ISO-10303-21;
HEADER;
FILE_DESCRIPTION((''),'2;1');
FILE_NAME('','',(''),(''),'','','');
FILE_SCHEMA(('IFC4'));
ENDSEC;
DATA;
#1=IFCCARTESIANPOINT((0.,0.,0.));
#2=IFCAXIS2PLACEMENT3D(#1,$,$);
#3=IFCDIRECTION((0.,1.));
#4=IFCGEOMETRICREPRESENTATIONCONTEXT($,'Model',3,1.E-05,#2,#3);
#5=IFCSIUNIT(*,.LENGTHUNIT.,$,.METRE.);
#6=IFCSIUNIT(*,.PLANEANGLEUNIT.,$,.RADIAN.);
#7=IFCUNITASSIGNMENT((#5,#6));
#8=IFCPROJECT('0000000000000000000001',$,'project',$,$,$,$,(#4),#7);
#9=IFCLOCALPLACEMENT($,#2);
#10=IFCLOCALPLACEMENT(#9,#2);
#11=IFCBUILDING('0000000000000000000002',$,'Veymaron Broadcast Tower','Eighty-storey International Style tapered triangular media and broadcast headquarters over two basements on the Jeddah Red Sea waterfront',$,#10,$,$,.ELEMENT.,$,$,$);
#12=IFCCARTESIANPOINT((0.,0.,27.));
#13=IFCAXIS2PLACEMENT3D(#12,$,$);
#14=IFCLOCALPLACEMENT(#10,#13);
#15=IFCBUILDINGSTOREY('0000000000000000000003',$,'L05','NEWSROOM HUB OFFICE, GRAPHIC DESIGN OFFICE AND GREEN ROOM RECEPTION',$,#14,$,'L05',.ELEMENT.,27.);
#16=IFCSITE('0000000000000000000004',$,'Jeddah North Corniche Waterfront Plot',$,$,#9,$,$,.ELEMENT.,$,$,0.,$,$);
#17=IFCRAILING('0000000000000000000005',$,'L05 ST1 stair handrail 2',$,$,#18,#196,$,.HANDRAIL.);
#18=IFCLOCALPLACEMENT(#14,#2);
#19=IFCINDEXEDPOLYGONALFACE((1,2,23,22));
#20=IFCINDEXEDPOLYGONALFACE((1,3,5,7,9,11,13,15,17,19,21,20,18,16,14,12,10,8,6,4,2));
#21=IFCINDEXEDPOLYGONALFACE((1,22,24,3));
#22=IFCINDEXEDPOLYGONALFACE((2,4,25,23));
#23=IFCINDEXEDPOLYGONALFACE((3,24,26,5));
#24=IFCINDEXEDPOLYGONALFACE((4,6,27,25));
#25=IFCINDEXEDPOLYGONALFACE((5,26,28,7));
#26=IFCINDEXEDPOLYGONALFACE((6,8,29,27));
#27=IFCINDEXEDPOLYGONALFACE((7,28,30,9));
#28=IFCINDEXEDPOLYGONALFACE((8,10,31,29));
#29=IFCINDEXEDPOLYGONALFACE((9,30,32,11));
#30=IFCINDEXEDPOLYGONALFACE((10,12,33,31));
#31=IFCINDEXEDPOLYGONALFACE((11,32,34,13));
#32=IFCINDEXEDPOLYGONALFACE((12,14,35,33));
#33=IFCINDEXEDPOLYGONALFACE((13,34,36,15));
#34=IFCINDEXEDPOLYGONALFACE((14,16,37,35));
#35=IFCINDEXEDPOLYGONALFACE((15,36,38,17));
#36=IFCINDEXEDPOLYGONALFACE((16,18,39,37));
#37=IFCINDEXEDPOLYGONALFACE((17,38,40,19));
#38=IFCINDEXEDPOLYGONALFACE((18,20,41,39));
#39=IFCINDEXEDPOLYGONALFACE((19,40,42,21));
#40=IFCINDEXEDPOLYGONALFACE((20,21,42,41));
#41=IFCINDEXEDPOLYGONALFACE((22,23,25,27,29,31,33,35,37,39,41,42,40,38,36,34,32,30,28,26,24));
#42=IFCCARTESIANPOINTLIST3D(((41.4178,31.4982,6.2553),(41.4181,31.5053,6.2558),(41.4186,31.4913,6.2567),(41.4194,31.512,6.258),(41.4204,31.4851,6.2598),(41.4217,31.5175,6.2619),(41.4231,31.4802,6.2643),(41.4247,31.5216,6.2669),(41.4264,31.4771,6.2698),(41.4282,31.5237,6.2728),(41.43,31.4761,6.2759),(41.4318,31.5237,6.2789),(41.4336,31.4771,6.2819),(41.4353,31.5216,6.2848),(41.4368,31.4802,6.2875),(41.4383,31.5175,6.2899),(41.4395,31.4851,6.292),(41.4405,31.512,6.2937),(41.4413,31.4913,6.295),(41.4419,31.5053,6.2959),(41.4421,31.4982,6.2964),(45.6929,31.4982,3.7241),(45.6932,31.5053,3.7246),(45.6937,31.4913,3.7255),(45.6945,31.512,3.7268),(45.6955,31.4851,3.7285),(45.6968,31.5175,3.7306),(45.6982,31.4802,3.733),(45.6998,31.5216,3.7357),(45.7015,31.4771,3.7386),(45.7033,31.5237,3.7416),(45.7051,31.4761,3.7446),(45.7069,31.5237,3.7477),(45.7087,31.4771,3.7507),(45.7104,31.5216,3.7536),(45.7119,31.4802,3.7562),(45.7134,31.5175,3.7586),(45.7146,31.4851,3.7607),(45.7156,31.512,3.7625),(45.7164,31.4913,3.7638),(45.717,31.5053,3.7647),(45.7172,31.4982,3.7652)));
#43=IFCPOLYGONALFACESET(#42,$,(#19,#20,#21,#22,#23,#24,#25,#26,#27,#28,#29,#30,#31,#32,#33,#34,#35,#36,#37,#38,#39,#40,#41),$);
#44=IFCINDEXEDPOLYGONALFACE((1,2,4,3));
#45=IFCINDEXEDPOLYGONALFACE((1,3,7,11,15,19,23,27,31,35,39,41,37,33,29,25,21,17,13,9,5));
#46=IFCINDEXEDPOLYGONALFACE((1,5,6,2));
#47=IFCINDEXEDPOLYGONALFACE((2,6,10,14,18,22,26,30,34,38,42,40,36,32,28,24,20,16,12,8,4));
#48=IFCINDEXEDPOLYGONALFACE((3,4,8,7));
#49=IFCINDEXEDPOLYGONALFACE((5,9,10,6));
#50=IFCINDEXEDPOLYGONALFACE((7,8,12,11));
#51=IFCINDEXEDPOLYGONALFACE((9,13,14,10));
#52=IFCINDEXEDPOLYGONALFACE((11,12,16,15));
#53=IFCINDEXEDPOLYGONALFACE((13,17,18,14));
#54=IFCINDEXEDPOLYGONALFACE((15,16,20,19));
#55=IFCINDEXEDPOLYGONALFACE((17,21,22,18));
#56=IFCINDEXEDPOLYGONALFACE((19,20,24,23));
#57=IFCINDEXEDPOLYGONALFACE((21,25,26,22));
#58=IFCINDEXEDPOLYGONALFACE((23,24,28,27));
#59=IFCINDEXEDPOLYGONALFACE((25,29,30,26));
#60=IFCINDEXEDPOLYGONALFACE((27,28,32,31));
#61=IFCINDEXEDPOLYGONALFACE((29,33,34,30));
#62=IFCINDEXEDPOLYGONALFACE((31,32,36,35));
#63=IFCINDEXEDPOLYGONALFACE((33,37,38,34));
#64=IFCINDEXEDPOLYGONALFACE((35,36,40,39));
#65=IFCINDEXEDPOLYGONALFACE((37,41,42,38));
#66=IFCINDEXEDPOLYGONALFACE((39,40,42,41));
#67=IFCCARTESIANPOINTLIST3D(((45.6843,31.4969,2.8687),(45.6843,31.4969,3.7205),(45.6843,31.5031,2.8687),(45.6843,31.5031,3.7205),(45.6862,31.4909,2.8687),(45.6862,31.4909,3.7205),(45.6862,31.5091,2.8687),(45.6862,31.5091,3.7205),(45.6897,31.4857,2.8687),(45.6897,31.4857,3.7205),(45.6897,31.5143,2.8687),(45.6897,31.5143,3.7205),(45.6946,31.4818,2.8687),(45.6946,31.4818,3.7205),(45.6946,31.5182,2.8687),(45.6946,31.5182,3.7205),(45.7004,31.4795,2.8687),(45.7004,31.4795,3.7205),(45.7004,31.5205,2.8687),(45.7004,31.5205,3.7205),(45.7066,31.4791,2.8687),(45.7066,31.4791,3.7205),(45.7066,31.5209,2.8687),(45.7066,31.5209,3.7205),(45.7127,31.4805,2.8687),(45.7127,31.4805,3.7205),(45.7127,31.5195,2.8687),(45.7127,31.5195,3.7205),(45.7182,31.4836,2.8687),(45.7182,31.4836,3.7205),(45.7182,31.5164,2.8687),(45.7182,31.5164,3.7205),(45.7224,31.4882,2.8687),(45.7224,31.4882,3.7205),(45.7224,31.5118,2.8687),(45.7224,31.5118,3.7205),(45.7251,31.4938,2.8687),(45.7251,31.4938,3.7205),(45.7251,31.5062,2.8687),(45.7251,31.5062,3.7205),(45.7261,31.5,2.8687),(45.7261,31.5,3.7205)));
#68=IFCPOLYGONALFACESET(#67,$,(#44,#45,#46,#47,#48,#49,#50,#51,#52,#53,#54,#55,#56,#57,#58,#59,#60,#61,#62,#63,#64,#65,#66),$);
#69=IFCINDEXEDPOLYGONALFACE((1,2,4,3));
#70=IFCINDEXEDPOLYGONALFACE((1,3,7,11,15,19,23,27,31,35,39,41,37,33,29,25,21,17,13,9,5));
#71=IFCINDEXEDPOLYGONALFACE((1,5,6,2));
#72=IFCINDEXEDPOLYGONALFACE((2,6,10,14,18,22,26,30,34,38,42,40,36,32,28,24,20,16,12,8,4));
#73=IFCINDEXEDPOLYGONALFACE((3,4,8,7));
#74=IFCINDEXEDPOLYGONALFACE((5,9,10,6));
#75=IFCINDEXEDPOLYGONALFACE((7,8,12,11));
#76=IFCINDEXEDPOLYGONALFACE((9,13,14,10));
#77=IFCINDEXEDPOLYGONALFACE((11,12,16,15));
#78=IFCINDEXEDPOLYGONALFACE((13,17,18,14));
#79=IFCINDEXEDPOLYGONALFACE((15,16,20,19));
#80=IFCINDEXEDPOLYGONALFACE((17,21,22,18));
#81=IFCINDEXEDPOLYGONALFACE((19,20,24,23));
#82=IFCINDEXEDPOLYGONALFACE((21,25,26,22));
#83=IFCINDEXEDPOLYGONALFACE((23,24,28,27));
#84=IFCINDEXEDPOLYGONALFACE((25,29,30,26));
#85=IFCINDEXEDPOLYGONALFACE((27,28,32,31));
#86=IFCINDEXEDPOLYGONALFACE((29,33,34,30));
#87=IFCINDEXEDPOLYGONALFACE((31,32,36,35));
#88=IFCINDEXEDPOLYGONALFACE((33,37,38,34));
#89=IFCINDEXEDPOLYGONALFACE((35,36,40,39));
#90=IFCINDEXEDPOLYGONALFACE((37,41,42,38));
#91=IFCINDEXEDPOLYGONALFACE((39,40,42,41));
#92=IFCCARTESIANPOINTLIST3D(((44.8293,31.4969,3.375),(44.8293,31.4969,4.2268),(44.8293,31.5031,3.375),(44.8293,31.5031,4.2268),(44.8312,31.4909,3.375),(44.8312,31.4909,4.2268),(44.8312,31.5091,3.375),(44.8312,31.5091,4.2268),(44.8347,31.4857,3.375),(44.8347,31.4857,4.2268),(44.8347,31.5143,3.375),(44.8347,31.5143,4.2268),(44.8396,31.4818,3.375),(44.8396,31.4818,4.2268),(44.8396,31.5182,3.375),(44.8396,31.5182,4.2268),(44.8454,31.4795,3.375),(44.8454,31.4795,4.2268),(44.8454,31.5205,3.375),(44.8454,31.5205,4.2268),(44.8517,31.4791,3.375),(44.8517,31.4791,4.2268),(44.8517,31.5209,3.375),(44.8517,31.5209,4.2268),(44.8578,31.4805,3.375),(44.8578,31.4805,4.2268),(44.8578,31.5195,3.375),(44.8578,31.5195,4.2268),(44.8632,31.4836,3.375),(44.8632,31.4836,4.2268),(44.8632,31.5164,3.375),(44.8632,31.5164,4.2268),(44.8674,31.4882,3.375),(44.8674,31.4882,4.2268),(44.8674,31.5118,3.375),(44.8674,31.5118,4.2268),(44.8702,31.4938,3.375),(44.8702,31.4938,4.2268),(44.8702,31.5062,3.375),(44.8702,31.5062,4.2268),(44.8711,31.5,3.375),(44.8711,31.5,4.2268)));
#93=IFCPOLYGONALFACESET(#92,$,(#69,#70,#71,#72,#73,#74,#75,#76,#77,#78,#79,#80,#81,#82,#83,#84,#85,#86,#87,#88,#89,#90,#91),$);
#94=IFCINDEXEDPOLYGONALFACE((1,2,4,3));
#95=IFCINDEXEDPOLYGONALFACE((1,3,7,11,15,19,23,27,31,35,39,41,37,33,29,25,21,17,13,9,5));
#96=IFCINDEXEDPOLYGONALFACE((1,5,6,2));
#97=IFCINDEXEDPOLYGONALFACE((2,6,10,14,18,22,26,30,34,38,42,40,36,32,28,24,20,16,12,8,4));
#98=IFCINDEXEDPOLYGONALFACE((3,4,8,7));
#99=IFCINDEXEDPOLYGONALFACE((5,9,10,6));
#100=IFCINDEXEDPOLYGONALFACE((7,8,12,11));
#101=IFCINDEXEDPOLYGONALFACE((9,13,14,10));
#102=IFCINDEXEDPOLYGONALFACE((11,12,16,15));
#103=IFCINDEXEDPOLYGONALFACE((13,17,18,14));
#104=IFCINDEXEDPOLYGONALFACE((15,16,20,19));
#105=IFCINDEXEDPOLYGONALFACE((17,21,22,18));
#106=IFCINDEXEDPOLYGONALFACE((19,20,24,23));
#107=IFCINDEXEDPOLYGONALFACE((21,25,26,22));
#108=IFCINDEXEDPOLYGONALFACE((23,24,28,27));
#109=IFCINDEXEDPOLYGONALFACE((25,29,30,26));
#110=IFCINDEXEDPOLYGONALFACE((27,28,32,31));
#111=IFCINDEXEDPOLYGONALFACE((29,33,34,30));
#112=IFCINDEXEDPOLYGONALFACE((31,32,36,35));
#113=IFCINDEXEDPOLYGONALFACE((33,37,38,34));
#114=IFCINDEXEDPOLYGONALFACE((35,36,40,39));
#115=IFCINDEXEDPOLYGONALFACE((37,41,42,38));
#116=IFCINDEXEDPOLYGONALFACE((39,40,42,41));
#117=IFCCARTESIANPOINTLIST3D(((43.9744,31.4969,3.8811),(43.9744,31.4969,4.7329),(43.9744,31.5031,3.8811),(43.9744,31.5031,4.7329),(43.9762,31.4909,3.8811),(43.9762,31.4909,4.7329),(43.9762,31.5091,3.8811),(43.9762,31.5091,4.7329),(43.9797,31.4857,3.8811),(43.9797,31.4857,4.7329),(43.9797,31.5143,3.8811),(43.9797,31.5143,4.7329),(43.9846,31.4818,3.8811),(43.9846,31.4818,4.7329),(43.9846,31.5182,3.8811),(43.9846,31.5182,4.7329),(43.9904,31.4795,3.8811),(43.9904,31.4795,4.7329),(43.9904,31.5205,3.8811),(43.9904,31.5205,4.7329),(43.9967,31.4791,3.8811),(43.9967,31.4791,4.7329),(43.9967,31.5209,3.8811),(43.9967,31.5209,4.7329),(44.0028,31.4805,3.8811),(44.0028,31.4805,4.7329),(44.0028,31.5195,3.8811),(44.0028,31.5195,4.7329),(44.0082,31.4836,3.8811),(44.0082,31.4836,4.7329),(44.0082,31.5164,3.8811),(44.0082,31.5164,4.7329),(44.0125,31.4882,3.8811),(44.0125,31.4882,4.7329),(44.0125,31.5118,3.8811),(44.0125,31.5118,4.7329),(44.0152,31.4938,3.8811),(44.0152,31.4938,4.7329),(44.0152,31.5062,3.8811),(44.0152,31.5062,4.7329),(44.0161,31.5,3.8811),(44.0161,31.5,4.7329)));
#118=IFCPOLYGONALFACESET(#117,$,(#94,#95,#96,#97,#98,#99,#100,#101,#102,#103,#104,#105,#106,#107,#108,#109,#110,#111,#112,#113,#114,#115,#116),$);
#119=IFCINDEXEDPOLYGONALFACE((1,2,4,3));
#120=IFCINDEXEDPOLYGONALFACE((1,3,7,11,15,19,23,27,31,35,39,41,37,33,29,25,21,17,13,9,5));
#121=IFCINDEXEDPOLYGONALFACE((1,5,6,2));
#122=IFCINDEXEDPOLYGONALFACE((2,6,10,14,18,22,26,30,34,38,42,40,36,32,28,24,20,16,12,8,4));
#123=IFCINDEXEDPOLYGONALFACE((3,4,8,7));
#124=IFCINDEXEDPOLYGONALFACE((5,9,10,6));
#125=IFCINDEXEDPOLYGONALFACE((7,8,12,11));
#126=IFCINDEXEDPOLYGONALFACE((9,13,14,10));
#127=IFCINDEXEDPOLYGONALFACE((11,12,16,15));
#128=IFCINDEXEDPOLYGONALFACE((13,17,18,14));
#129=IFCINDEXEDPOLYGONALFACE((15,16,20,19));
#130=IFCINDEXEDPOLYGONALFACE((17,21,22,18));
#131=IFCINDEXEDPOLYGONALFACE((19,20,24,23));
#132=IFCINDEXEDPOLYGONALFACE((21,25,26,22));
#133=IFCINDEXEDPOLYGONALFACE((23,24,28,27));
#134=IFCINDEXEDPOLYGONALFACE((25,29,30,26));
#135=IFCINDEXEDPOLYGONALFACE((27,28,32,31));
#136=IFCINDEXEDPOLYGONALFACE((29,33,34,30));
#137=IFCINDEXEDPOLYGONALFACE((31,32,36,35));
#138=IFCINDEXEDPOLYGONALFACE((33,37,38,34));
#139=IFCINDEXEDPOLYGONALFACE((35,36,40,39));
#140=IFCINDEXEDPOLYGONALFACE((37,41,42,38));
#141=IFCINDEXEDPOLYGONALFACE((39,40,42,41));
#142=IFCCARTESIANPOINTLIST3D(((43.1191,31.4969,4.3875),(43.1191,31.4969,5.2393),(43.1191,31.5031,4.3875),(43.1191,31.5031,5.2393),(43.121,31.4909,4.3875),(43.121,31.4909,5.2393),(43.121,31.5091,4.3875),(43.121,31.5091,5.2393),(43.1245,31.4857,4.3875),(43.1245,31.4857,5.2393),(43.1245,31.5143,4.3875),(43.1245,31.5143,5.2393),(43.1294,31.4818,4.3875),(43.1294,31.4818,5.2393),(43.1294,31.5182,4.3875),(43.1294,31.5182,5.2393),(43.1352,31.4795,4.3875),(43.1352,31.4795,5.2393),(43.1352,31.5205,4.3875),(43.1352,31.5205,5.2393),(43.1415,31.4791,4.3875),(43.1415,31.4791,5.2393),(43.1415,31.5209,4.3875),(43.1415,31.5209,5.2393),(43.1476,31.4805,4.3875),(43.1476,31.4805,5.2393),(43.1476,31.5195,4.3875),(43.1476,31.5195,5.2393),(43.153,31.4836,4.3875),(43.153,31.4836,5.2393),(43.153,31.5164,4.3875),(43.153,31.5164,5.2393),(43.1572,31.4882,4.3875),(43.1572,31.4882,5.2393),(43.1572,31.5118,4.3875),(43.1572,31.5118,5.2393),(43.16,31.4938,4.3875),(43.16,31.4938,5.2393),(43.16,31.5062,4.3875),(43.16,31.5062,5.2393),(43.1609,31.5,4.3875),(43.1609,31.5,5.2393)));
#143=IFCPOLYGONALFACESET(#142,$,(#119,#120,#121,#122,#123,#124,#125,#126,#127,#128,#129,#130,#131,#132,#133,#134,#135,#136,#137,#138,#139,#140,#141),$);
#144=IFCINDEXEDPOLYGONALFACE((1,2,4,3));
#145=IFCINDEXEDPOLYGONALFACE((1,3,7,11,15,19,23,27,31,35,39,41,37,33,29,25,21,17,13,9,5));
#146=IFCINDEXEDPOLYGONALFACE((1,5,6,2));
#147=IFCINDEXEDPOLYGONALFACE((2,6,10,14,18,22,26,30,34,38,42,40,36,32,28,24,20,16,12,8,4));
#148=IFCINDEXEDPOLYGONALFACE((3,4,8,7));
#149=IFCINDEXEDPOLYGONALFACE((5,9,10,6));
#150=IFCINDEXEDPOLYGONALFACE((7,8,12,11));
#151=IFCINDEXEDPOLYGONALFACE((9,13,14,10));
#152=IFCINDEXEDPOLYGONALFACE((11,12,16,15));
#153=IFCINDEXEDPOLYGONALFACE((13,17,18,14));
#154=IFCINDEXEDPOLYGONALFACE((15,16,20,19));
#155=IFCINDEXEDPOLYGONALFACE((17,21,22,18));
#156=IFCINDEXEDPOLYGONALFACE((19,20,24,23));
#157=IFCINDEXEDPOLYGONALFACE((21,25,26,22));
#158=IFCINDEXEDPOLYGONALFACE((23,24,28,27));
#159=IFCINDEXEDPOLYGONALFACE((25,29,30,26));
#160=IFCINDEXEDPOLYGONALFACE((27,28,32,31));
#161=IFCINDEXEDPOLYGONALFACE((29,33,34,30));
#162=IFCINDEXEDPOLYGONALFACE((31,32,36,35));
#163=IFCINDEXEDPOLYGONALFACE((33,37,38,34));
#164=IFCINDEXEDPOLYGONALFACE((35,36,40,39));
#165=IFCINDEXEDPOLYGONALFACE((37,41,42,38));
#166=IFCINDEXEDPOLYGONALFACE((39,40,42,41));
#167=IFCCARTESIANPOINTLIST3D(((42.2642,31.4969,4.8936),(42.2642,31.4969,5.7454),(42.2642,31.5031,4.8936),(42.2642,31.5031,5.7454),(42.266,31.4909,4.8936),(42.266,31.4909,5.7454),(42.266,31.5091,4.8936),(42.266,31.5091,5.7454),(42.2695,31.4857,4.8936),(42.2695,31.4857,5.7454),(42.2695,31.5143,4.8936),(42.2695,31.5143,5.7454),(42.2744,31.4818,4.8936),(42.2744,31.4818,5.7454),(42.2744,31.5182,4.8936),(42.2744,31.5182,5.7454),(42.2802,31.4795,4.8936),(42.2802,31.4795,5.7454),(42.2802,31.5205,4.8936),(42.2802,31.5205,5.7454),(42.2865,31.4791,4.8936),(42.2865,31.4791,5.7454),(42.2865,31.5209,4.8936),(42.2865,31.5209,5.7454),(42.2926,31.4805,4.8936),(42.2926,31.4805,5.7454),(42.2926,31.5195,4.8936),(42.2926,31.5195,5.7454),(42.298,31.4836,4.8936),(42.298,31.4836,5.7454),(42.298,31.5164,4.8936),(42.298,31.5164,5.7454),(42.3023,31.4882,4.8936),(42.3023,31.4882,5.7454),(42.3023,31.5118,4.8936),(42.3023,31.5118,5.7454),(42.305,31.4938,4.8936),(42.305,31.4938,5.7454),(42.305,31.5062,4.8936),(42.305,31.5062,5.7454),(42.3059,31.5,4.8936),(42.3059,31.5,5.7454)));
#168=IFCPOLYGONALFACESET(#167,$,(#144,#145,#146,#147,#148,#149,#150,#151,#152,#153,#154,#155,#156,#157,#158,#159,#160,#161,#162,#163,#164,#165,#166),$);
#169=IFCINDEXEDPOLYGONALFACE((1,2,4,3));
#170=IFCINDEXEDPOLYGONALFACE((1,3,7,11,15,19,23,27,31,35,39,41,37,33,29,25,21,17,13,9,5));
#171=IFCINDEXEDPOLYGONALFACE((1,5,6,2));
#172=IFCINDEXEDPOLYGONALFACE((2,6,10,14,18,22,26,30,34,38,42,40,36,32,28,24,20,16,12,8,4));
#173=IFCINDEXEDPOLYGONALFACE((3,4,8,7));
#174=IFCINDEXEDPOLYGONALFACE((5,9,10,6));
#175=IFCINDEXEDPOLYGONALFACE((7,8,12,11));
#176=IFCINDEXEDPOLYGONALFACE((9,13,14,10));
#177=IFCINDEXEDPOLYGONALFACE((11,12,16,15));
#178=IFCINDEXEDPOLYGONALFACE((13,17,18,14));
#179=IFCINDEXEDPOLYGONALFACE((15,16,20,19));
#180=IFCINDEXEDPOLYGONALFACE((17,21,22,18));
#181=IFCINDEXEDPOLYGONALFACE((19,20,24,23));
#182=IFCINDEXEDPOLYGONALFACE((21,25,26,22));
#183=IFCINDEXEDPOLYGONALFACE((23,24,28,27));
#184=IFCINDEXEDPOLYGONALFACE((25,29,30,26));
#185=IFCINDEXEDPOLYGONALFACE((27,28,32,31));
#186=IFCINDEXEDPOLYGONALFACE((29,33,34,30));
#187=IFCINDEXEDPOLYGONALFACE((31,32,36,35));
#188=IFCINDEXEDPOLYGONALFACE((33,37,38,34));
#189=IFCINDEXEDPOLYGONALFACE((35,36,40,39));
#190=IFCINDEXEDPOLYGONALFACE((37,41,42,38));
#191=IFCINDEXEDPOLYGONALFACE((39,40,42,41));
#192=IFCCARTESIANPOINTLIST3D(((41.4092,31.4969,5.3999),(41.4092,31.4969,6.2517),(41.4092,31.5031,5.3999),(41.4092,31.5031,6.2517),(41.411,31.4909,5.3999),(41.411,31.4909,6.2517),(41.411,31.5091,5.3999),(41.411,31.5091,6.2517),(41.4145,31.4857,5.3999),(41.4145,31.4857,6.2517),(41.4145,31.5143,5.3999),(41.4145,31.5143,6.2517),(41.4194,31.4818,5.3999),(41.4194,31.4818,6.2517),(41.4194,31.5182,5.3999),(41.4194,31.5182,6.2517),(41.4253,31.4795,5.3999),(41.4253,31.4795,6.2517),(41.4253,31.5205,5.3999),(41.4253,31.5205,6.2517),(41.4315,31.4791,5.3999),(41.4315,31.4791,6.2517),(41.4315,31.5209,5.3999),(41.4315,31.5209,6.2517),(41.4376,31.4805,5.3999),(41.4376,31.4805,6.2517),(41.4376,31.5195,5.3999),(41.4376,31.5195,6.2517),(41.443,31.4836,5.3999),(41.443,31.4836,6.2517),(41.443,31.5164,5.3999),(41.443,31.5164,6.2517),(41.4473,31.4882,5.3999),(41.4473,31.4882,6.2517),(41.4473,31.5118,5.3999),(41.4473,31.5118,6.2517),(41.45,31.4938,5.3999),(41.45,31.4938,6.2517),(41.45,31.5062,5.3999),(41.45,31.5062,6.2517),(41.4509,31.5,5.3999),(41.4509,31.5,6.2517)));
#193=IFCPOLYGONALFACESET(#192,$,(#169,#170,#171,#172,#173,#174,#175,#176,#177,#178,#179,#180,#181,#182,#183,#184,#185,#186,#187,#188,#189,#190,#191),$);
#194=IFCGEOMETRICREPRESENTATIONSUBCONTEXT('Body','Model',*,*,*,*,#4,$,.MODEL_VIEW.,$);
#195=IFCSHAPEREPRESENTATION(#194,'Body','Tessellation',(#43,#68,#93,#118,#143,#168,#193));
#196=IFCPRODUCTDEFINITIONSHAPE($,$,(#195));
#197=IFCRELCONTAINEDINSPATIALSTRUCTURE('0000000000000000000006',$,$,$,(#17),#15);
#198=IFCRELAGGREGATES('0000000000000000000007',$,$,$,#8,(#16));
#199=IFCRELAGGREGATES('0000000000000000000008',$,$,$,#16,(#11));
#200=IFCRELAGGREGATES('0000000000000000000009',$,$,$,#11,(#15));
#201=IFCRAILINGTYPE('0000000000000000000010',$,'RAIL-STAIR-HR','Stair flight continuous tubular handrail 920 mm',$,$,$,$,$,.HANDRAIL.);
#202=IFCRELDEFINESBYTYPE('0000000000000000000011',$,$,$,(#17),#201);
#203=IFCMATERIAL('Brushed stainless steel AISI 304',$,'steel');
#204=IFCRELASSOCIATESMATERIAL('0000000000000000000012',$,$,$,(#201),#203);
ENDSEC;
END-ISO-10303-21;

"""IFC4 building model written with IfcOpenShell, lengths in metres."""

from ifc_helpers import new_model, si_unit, direction, frame, origin, origin_2d, place, context, subcontext, project, spatial, circle, extrude, material, type_object, element, save


model = new_model("IFC4")

# Units and contexts
model_context = context("Model", 3, precision=1e-05, world=origin(), true_north=direction((0.0, 1.0)))
body_context = subcontext(model_context, "Body", "Model", "MODEL_VIEW")
ifc_project = project(units=[si_unit("LENGTHUNIT", "METRE"), si_unit("PLANEANGLEUNIT", "RADIAN")], contexts=[model_context])

# Site, building, storey
site_placement = place(None, origin())
site = spatial("IfcSite", under=ifc_project, at=site_placement, Name="Jeddah North Corniche Waterfront Plot", CompositionType="ELEMENT", RefElevation=0.0)
building_placement = place(site_placement, origin())
building = spatial("IfcBuilding", under=site, at=building_placement, Name="Veymaron Broadcast Tower", Description="Eighty-storey International Style tapered triangular media and broadcast headquarters over two basements on the Jeddah Red Sea waterfront", CompositionType="ELEMENT")
storey_placement = place(building_placement, frame((0.0, 0.0, 27.0)))
storey = spatial("IfcBuildingStorey", under=building, at=storey_placement, Name="L05", Description="NEWSROOM HUB OFFICE, GRAPHIC DESIGN OFFICE AND GREEN ROOM RECEPTION", LongName="L05", CompositionType="ELEMENT", Elevation=27.0)

# Shared definitions
ifc_material_1 = material(Name="Brushed stainless steel AISI 304", Category="steel")

# Railing
railing_type_1 = type_object("IfcRailingType", Name="RAIL-STAIR-HR", Description="Stair flight continuous tubular handrail 920 mm", PredefinedType="HANDRAIL", material=ifc_material_1)
railing_1_placement = place(storey_placement, frame((45.7051, 31.5, 2.8687)))
element("IfcRailing", 1, at=railing_1_placement, inside=storey, type_object=railing_type_1, Name="L05 ST1 stair handrail 2", PredefinedType="HANDRAIL", context=body_context, shape_type="SweptSolid", body=[
    extrude(circle(Radius=0.0239, at=origin_2d()), frame((0.0, 0.0, 0.876), z_axis=(-0.860483, 0.0, 0.509479), x_axis=(0.0, -1.0, 0.0)), (0.0, 0.0, 1.0), 4.9683),
    extrude(circle(Radius=0.021, at=origin_2d()), origin(), (0.0, 0.0, 1.0), 0.8518),
    extrude(circle(Radius=0.021, at=origin_2d()), frame((-0.855, 0.0, 0.5063)), (0.0, 0.0, 1.0), 0.8518),
    extrude(circle(Radius=0.021, at=origin_2d()), frame((-1.71, 0.0, 1.0125)), (0.0, 0.0, 1.0), 0.8518),
    extrude(circle(Radius=0.021, at=origin_2d()), frame((-2.5652, 0.0, 1.5188)), (0.0, 0.0, 1.0), 0.8518),
    extrude(circle(Radius=0.021, at=origin_2d()), frame((-3.4202, 0.0, 2.0249)), (0.0, 0.0, 1.0), 0.8518),
    extrude(circle(Radius=0.021, at=origin_2d()), frame((-4.2751, 0.0, 2.5312)), (0.0, 0.0, 1.0), 0.8518),
])

save(model, "model.ifc")
